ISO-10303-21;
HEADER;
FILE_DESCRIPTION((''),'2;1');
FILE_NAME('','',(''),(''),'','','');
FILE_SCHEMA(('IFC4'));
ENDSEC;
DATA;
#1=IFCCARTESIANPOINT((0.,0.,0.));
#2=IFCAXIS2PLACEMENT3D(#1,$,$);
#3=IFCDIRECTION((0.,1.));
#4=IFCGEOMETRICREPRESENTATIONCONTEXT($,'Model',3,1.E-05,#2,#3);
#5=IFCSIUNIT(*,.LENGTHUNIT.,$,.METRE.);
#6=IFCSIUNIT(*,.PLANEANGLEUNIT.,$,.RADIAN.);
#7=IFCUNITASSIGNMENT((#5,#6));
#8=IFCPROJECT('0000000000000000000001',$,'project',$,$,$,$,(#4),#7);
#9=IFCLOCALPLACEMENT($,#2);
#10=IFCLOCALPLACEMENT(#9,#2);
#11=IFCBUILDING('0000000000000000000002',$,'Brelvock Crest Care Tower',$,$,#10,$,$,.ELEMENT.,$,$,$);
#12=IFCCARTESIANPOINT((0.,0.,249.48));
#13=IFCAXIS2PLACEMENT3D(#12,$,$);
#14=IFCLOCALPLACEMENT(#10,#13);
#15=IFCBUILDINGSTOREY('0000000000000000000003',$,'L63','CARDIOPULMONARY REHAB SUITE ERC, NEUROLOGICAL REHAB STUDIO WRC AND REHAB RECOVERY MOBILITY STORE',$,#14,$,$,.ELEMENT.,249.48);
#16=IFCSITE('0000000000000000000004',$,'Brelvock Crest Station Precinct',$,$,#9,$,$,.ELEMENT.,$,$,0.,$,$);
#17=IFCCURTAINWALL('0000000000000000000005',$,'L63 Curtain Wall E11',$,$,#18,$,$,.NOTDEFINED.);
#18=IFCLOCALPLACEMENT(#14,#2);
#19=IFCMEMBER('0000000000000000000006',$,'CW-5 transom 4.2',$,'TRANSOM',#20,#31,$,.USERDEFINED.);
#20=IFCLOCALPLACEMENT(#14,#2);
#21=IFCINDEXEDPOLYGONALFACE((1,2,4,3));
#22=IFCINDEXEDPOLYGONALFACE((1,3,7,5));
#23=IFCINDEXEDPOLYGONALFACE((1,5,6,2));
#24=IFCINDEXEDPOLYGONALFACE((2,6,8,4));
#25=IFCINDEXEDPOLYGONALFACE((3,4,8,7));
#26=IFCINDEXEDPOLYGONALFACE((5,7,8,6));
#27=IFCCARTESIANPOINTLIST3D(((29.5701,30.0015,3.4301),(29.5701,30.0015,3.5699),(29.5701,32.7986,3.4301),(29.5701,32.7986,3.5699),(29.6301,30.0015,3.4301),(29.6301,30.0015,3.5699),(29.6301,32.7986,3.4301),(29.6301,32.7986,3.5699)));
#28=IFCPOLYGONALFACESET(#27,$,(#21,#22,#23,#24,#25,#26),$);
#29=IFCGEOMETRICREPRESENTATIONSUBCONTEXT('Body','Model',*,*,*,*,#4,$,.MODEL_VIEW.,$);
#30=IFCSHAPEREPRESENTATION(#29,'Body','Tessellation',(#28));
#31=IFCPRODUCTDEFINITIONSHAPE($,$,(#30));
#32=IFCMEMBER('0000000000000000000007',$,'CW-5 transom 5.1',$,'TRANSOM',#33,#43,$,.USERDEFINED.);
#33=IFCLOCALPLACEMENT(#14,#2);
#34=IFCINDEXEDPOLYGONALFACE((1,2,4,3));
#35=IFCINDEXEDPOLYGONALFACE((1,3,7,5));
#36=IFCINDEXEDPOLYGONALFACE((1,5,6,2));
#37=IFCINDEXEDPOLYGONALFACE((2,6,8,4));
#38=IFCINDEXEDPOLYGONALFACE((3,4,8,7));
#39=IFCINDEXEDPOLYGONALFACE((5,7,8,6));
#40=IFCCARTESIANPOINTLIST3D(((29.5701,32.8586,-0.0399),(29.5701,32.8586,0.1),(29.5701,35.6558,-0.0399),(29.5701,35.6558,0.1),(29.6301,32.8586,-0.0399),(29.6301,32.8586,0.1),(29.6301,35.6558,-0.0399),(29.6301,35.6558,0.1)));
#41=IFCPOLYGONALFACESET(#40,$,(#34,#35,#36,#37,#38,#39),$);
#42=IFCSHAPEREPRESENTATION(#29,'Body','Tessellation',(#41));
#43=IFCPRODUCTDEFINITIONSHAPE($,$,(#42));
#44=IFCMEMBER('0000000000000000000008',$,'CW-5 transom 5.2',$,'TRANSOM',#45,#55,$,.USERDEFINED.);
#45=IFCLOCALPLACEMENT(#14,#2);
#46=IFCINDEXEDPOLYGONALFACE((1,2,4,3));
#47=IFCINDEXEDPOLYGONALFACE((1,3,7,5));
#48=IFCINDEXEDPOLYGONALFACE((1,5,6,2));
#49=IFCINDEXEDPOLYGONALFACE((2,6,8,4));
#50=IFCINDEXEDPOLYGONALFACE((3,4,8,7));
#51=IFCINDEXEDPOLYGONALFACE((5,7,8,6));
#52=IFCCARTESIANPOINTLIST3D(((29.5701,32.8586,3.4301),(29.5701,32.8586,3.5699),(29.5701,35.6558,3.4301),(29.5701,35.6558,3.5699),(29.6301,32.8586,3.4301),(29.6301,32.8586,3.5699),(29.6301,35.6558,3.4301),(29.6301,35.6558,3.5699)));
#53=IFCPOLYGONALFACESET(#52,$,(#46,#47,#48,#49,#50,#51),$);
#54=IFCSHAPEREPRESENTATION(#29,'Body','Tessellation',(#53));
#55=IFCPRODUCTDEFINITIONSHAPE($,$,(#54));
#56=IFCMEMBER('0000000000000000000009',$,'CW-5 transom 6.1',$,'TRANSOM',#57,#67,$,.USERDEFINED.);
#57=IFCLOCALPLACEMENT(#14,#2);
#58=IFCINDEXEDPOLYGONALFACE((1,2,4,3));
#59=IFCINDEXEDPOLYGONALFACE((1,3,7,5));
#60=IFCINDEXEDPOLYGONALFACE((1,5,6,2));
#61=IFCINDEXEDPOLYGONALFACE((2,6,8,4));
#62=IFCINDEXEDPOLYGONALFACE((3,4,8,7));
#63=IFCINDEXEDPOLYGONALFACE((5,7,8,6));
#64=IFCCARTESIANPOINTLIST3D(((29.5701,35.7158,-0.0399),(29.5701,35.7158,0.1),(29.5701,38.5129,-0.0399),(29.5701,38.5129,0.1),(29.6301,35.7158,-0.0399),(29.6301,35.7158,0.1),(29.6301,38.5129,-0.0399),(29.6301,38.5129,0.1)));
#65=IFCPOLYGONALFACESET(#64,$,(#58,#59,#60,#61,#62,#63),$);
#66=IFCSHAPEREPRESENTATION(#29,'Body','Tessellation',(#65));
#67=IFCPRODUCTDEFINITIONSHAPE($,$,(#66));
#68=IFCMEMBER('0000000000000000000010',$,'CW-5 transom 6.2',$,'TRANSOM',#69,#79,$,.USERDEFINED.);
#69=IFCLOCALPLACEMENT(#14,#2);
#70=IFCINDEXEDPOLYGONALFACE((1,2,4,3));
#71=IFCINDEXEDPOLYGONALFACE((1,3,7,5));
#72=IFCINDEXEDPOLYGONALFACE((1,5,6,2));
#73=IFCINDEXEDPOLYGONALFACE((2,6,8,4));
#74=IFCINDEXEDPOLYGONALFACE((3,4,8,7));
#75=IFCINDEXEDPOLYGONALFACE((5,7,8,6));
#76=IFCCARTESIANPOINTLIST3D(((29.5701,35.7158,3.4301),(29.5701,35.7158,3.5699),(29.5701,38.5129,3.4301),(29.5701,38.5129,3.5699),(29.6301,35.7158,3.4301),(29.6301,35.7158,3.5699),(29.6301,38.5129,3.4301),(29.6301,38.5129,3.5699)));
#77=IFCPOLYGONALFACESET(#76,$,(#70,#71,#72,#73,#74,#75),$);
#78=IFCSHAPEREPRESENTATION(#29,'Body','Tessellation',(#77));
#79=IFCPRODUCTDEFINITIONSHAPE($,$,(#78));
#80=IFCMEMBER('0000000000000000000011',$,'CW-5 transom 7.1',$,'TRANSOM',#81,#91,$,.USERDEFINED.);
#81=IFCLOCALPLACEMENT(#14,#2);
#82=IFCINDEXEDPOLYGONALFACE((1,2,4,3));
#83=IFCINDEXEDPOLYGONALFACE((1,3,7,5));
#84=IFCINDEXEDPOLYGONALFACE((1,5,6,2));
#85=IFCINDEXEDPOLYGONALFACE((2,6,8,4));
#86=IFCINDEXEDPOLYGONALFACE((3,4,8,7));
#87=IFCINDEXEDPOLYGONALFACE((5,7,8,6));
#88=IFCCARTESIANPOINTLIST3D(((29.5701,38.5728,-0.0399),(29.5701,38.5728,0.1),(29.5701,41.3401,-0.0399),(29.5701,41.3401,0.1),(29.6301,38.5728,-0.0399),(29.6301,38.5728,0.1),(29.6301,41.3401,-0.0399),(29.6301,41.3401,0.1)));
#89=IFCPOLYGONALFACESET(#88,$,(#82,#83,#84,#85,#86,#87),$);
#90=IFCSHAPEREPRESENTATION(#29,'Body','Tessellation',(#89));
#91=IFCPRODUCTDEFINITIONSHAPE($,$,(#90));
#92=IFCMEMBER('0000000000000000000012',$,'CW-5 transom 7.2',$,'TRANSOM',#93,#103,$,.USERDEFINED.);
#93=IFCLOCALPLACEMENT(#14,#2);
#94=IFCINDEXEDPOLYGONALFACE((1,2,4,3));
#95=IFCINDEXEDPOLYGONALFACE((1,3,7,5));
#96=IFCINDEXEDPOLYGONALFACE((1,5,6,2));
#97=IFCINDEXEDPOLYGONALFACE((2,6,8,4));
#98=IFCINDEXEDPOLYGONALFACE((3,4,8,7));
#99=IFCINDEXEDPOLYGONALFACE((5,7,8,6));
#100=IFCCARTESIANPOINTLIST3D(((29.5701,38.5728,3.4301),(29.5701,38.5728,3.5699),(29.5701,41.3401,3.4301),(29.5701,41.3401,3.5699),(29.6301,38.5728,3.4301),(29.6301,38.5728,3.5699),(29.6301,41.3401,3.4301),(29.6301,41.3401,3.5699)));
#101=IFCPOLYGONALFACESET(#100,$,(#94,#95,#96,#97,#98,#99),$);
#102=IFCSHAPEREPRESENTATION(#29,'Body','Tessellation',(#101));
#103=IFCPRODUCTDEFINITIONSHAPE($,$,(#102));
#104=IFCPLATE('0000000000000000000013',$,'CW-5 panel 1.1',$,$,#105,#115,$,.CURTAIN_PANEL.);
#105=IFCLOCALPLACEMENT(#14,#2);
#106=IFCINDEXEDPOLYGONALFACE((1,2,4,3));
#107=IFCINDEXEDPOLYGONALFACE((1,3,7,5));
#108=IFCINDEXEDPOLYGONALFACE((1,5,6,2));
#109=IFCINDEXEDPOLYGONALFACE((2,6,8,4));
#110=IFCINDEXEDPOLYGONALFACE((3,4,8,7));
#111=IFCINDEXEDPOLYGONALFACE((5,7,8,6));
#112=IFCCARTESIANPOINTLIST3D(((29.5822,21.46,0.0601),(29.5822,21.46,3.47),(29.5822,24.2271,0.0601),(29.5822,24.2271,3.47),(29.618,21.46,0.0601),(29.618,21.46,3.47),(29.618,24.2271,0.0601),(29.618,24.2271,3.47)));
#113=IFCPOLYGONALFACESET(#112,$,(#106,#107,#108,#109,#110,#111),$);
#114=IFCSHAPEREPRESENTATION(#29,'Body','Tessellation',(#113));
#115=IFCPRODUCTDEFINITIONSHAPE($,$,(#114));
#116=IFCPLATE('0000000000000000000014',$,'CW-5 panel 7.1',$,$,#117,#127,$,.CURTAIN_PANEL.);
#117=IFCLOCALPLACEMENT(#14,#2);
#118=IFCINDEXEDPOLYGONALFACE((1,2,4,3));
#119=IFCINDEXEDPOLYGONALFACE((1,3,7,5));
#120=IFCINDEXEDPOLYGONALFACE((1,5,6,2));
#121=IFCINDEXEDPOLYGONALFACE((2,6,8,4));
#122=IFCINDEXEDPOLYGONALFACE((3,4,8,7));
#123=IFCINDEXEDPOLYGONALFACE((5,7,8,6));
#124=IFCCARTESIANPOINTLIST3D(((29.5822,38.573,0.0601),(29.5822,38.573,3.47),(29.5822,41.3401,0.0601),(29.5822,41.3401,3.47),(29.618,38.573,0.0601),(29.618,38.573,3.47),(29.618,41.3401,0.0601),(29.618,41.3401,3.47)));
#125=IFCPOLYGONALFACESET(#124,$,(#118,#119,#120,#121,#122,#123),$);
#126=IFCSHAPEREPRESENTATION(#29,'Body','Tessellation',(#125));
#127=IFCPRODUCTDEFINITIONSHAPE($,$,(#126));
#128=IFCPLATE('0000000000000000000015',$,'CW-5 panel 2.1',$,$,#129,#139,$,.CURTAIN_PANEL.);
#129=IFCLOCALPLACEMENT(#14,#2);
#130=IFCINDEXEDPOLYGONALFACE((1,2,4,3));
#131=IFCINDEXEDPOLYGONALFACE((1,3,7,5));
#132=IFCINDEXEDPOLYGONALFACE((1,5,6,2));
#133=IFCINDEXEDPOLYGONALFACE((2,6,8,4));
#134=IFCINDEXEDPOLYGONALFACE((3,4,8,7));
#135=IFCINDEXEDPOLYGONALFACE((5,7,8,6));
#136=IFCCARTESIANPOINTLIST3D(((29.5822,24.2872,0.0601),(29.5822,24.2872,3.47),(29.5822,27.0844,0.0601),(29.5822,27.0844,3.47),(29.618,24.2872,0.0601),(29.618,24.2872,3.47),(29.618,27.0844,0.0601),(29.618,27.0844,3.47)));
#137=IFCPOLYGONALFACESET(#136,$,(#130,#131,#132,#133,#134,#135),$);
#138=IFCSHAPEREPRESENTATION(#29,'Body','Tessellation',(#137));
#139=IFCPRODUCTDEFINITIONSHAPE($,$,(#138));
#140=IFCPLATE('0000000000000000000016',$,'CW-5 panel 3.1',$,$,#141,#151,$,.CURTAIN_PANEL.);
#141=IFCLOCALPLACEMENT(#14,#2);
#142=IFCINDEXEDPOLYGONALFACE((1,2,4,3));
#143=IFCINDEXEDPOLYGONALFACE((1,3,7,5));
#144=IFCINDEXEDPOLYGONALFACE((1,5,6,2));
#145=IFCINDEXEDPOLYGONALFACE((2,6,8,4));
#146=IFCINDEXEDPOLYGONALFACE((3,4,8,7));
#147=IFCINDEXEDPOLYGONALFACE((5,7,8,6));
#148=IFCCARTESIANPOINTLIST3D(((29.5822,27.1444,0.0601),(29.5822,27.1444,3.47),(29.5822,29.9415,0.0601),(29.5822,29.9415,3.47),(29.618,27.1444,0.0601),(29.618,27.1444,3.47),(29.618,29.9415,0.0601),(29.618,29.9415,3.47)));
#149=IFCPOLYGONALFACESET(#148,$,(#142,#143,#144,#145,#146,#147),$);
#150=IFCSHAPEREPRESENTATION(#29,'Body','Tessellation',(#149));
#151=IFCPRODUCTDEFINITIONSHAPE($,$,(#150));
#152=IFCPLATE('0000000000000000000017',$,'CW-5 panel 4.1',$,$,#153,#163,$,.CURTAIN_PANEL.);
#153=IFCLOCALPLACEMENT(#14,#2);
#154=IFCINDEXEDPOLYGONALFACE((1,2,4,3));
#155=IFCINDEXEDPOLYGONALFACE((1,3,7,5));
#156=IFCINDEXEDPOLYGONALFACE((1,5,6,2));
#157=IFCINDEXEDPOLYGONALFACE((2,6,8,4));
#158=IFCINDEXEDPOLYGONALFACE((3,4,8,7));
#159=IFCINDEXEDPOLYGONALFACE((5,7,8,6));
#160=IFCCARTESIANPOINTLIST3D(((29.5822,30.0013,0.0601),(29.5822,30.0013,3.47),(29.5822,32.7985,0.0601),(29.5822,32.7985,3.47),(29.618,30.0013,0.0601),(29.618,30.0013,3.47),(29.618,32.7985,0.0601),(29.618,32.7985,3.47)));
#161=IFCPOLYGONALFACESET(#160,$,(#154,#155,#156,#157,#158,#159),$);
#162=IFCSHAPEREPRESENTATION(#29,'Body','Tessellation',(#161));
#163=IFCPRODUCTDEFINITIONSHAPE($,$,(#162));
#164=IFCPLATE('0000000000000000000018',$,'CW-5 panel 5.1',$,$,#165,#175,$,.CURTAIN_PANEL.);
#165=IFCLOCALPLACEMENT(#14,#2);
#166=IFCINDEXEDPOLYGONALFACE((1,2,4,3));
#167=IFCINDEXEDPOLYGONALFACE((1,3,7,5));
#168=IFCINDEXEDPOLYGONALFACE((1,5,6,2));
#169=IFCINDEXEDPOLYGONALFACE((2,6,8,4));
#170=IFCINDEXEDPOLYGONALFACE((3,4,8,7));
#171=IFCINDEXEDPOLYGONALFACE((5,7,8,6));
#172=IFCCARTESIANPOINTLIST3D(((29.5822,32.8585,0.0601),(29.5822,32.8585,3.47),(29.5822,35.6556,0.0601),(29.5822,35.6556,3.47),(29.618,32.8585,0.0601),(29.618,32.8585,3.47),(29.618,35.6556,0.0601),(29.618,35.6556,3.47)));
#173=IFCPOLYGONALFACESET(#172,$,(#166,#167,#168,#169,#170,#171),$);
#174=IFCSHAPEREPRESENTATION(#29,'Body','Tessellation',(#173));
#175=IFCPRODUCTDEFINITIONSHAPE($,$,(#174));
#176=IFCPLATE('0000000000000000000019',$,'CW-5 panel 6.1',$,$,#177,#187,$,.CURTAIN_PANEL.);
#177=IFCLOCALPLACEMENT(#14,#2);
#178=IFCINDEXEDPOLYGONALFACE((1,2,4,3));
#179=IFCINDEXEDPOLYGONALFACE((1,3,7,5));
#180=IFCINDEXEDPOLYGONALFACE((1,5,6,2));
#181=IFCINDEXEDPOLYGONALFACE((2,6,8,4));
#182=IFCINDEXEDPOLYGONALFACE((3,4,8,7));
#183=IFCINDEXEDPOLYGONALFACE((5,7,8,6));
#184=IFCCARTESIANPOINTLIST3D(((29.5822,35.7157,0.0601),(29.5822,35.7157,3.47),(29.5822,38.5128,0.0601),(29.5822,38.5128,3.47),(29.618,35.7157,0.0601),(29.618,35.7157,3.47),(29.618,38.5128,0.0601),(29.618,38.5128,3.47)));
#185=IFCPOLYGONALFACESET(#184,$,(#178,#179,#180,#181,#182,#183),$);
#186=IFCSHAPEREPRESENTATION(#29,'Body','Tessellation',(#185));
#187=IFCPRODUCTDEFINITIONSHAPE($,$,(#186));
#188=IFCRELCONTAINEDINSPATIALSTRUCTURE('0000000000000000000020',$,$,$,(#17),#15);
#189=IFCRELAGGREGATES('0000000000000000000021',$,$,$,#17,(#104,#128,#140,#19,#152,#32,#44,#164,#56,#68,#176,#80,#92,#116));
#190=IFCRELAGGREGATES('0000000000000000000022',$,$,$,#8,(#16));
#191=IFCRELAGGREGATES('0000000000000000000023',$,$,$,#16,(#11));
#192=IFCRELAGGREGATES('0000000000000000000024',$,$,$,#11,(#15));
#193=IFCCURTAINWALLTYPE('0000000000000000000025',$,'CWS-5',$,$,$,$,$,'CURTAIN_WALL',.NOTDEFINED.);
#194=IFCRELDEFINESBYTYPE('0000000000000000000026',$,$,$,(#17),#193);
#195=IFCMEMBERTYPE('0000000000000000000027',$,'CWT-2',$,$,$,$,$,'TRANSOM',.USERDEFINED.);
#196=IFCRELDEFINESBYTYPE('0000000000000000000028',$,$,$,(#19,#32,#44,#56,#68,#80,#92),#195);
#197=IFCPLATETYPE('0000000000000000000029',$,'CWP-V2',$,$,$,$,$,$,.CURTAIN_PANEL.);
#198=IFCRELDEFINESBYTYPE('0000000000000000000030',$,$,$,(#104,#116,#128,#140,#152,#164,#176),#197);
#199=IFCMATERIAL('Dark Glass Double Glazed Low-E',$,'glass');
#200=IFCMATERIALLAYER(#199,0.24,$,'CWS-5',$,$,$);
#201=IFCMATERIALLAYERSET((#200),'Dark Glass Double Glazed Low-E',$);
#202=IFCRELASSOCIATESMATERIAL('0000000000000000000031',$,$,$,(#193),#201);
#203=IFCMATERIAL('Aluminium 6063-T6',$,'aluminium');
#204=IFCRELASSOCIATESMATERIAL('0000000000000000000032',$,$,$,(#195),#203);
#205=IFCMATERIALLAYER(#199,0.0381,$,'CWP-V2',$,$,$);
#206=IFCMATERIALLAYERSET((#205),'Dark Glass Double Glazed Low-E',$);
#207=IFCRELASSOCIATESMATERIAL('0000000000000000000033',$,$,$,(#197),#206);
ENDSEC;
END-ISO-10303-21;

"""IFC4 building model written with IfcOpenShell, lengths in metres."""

from ifc_helpers import new_model, si_unit, direction, frame, origin, origin_2d, place, context, subcontext, project, spatial, rectangle, extrude, source, transform, mapped, material, layer, layer_set, material_profile, profile_set, type_object, element, aggregate, save


model = new_model("IFC4")

# Units and contexts
model_context = context("Model", 3, precision=1e-05, world=origin(), true_north=direction((0.0, 1.0)))
body_context = subcontext(model_context, "Body", "Model", "MODEL_VIEW")
ifc_project = project(units=[si_unit("LENGTHUNIT", "METRE"), si_unit("PLANEANGLEUNIT", "RADIAN")], contexts=[model_context])

# Site, building, storey
site_placement = place(None, origin())
site = spatial("IfcSite", under=ifc_project, at=site_placement, Name="Brelvock Crest Station Precinct", CompositionType="ELEMENT", RefElevation=0.0)
building_placement = place(site_placement, origin())
building = spatial("IfcBuilding", under=site, at=building_placement, Name="Brelvock Crest Care Tower", CompositionType="ELEMENT")
storey_placement = place(building_placement, frame((0.0, 0.0, 249.48)))
storey = spatial("IfcBuildingStorey", under=building, at=storey_placement, Name="L63", Description="CARDIOPULMONARY REHAB SUITE ERC, NEUROLOGICAL REHAB STUDIO WRC AND REHAB RECOVERY MOBILITY STORE", CompositionType="ELEMENT", Elevation=249.48)

# Curtain wall, members, plates
ifc_material_1 = material(Name="Dark Glass Double Glazed Low-E", Category="glass")
ifc_layer_1 = layer(ifc_material_1, 0.24, Name="CWS-5")
ifc_layer_set_1 = layer_set([ifc_layer_1], Name="Dark Glass Double Glazed Low-E")
curtain_wall_type = type_object("IfcCurtainWallType", Name="CWS-5", ElementType="CURTAIN_WALL", PredefinedType="NOTDEFINED", material=ifc_layer_set_1)
curtain_wall_placement = place(storey_placement, origin())
curtain_wall = element("IfcCurtainWall", 1, at=curtain_wall_placement, inside=storey, type_object=curtain_wall_type, Name="L63 Curtain Wall E11", PredefinedType="NOTDEFINED")
ifc_material_2 = material(Name="Aluminium 6063-T6", Category="aluminium")
ifc_material_profile_1 = material_profile(ifc_material_2, rectangle(XDim=0.0601, YDim=0.1399, at=origin_2d()), Name="ALU60x140")
ifc_profile_set_1 = profile_set([ifc_material_profile_1], Name="Aluminium 6063-T6")
member_type_1 = type_object("IfcMemberType", Name="CWT-2", ElementType="TRANSOM", PredefinedType="USERDEFINED", material=ifc_profile_set_1)
shared_shape_1 = source(origin(), body_context, "Body", "SweptSolid", [
    extrude(rectangle(XDim=0.0601, YDim=0.1399, at=origin_2d()), origin(), (0.0, 0.0, 1.0), 2.7971),
])
member_1_placement = place(storey_placement, frame((29.6001, 30.0015, 3.5), z_axis=(0.0, 1.0, 0.0), x_axis=(-1.0, 0.0, 0.0)))
member_1 = element("IfcMember", 2, at=member_1_placement, type_object=member_type_1, Name="CW-5 transom 4.2", ObjectType="TRANSOM", PredefinedType="USERDEFINED", context=body_context, shape_type="MappedRepresentation", body=[
    mapped(shared_shape_1, transform((0.0, 0.0, 0.0), x_axis=(1.0, 0.0, 0.0), y_axis=(0.0, 1.0, 0.0), z_axis=(0.0, 0.0, 1.0), scale=1.0)),
])
member_2_placement = place(storey_placement, frame((29.6001, 32.8586, 0.03), z_axis=(0.0, 1.0, 0.0), x_axis=(-1.0, 0.0, 0.0)))
member_2 = element("IfcMember", 3, at=member_2_placement, type_object=member_type_1, Name="CW-5 transom 5.1", ObjectType="TRANSOM", PredefinedType="USERDEFINED", context=body_context, shape_type="MappedRepresentation", body=[
    mapped(shared_shape_1, transform((0.0, 0.0, 0.0), x_axis=(1.0, 0.0, 0.0), y_axis=(0.0, 1.0, 0.0), z_axis=(0.0, 0.0, 1.0), scale=1.0)),
])
member_3_placement = place(storey_placement, frame((29.6001, 32.8586, 3.5), z_axis=(0.0, 1.0, 0.0), x_axis=(-1.0, 0.0, 0.0)))
member_3 = element("IfcMember", 4, at=member_3_placement, type_object=member_type_1, Name="CW-5 transom 5.2", ObjectType="TRANSOM", PredefinedType="USERDEFINED", context=body_context, shape_type="MappedRepresentation", body=[
    mapped(shared_shape_1, transform((0.0, 0.0, 0.0), x_axis=(1.0, 0.0, 0.0), y_axis=(0.0, 1.0, 0.0), z_axis=(0.0, 0.0, 1.0), scale=1.0)),
])
member_4_placement = place(storey_placement, frame((29.6001, 35.7158, 0.03), z_axis=(0.0, 1.0, 0.0), x_axis=(-1.0, 0.0, 0.0)))
member_4 = element("IfcMember", 5, at=member_4_placement, type_object=member_type_1, Name="CW-5 transom 6.1", ObjectType="TRANSOM", PredefinedType="USERDEFINED", context=body_context, shape_type="MappedRepresentation", body=[
    mapped(shared_shape_1, transform((0.0, 0.0, 0.0), x_axis=(1.0, 0.0, 0.0), y_axis=(0.0, 1.0, 0.0), z_axis=(0.0, 0.0, 1.0), scale=1.0)),
])
member_5_placement = place(storey_placement, frame((29.6001, 35.7158, 3.5), z_axis=(0.0, 1.0, 0.0), x_axis=(-1.0, 0.0, 0.0)))
member_5 = element("IfcMember", 6, at=member_5_placement, type_object=member_type_1, Name="CW-5 transom 6.2", ObjectType="TRANSOM", PredefinedType="USERDEFINED", context=body_context, shape_type="MappedRepresentation", body=[
    mapped(shared_shape_1, transform((0.0, 0.0, 0.0), x_axis=(1.0, 0.0, 0.0), y_axis=(0.0, 1.0, 0.0), z_axis=(0.0, 0.0, 1.0), scale=1.0)),
])
shared_shape_2 = source(origin(), body_context, "Body", "SweptSolid", [
    extrude(rectangle(XDim=0.0601, YDim=0.1399, at=origin_2d()), origin(), (0.0, 0.0, 1.0), 2.7673),
])
member_6_placement = place(storey_placement, frame((29.6001, 38.5728, 0.03), z_axis=(0.0, 1.0, 0.0), x_axis=(-1.0, 0.0, 0.0)))
member_6 = element("IfcMember", 7, at=member_6_placement, type_object=member_type_1, Name="CW-5 transom 7.1", ObjectType="TRANSOM", PredefinedType="USERDEFINED", context=body_context, shape_type="MappedRepresentation", body=[
    mapped(shared_shape_2, transform((0.0, 0.0, 0.0), x_axis=(1.0, 0.0, 0.0), y_axis=(0.0, 1.0, 0.0), z_axis=(0.0, 0.0, 1.0), scale=1.0)),
])
member_7_placement = place(storey_placement, frame((29.6001, 38.5728, 3.5), z_axis=(0.0, 1.0, 0.0), x_axis=(-1.0, 0.0, 0.0)))
member_7 = element("IfcMember", 8, at=member_7_placement, type_object=member_type_1, Name="CW-5 transom 7.2", ObjectType="TRANSOM", PredefinedType="USERDEFINED", context=body_context, shape_type="MappedRepresentation", body=[
    mapped(shared_shape_2, transform((0.0, 0.0, 0.0), x_axis=(1.0, 0.0, 0.0), y_axis=(0.0, 1.0, 0.0), z_axis=(0.0, 0.0, 1.0), scale=1.0)),
])
ifc_layer_2 = layer(ifc_material_1, 0.0381, Name="CWP-V2")
ifc_layer_set_2 = layer_set([ifc_layer_2], Name="Dark Glass Double Glazed Low-E")
plate_type = type_object("IfcPlateType", Name="CWP-V2", PredefinedType="CURTAIN_PANEL", material=ifc_layer_set_2)
shared_shape_3 = source(origin(), body_context, "Body", "SweptSolid", [
    extrude(rectangle(XDim=2.7671, YDim=0.0359, at=origin_2d()), origin(), (0.0, 0.0, 1.0), 3.4099),
])
plate_1_placement = place(storey_placement, frame((29.6001, 22.8435, 0.0601), z_axis=(0.0, 0.0, 1.0), x_axis=(0.0, 1.0, 0.0)))
plate_1 = element("IfcPlate", 9, at=plate_1_placement, type_object=plate_type, Name="CW-5 panel 1.1", PredefinedType="CURTAIN_PANEL", context=body_context, shape_type="MappedRepresentation", body=[
    mapped(shared_shape_3, transform((0.0, 0.0, 0.0), x_axis=(1.0, 0.0, 0.0), y_axis=(0.0, 1.0, 0.0), z_axis=(0.0, 0.0, 1.0), scale=1.0)),
])
plate_2_placement = place(storey_placement, frame((29.6001, 39.9565, 0.0601), z_axis=(0.0, 0.0, 1.0), x_axis=(0.0, 1.0, 0.0)))
plate_2 = element("IfcPlate", 10, at=plate_2_placement, type_object=plate_type, Name="CW-5 panel 7.1", PredefinedType="CURTAIN_PANEL", context=body_context, shape_type="MappedRepresentation", body=[
    mapped(shared_shape_3, transform((0.0, 0.0, 0.0), x_axis=(1.0, 0.0, 0.0), y_axis=(0.0, 1.0, 0.0), z_axis=(0.0, 0.0, 1.0), scale=1.0)),
])
shared_shape_4 = source(origin(), body_context, "Body", "SweptSolid", [
    extrude(rectangle(XDim=2.7971, YDim=0.0359, at=origin_2d()), origin(), (0.0, 0.0, 1.0), 3.4099),
])
plate_3_placement = place(storey_placement, frame((29.6001, 25.6858, 0.0601), z_axis=(0.0, 0.0, 1.0), x_axis=(0.0, 1.0, 0.0)))
plate_3 = element("IfcPlate", 11, at=plate_3_placement, type_object=plate_type, Name="CW-5 panel 2.1", PredefinedType="CURTAIN_PANEL", context=body_context, shape_type="MappedRepresentation", body=[
    mapped(shared_shape_4, transform((0.0, 0.0, 0.0), x_axis=(1.0, 0.0, 0.0), y_axis=(0.0, 1.0, 0.0), z_axis=(0.0, 0.0, 1.0), scale=1.0)),
])
plate_4_placement = place(storey_placement, frame((29.6001, 28.543, 0.0601), z_axis=(0.0, 0.0, 1.0), x_axis=(0.0, 1.0, 0.0)))
plate_4 = element("IfcPlate", 12, at=plate_4_placement, type_object=plate_type, Name="CW-5 panel 3.1", PredefinedType="CURTAIN_PANEL", context=body_context, shape_type="MappedRepresentation", body=[
    mapped(shared_shape_4, transform((0.0, 0.0, 0.0), x_axis=(1.0, 0.0, 0.0), y_axis=(0.0, 1.0, 0.0), z_axis=(0.0, 0.0, 1.0), scale=1.0)),
])
plate_5_placement = place(storey_placement, frame((29.6001, 31.3999, 0.0601), z_axis=(0.0, 0.0, 1.0), x_axis=(0.0, 1.0, 0.0)))
plate_5 = element("IfcPlate", 13, at=plate_5_placement, type_object=plate_type, Name="CW-5 panel 4.1", PredefinedType="CURTAIN_PANEL", context=body_context, shape_type="MappedRepresentation", body=[
    mapped(shared_shape_4, transform((0.0, 0.0, 0.0), x_axis=(1.0, 0.0, 0.0), y_axis=(0.0, 1.0, 0.0), z_axis=(0.0, 0.0, 1.0), scale=1.0)),
])
plate_6_placement = place(storey_placement, frame((29.6001, 34.2571, 0.0601), z_axis=(0.0, 0.0, 1.0), x_axis=(0.0, 1.0, 0.0)))
plate_6 = element("IfcPlate", 14, at=plate_6_placement, type_object=plate_type, Name="CW-5 panel 5.1", PredefinedType="CURTAIN_PANEL", context=body_context, shape_type="MappedRepresentation", body=[
    mapped(shared_shape_4, transform((0.0, 0.0, 0.0), x_axis=(1.0, 0.0, 0.0), y_axis=(0.0, 1.0, 0.0), z_axis=(0.0, 0.0, 1.0), scale=1.0)),
])
plate_7_placement = place(storey_placement, frame((29.6001, 37.1143, 0.0601), z_axis=(0.0, 0.0, 1.0), x_axis=(0.0, 1.0, 0.0)))
plate_7 = element("IfcPlate", 15, at=plate_7_placement, type_object=plate_type, Name="CW-5 panel 6.1", PredefinedType="CURTAIN_PANEL", context=body_context, shape_type="MappedRepresentation", body=[
    mapped(shared_shape_4, transform((0.0, 0.0, 0.0), x_axis=(1.0, 0.0, 0.0), y_axis=(0.0, 1.0, 0.0), z_axis=(0.0, 0.0, 1.0), scale=1.0)),
])
aggregate(curtain_wall, [plate_1, plate_3, plate_4, member_1, plate_5, member_2, member_3, plate_6, member_4, member_5, plate_7, member_6, member_7, plate_2])

save(model, "model.ifc")
